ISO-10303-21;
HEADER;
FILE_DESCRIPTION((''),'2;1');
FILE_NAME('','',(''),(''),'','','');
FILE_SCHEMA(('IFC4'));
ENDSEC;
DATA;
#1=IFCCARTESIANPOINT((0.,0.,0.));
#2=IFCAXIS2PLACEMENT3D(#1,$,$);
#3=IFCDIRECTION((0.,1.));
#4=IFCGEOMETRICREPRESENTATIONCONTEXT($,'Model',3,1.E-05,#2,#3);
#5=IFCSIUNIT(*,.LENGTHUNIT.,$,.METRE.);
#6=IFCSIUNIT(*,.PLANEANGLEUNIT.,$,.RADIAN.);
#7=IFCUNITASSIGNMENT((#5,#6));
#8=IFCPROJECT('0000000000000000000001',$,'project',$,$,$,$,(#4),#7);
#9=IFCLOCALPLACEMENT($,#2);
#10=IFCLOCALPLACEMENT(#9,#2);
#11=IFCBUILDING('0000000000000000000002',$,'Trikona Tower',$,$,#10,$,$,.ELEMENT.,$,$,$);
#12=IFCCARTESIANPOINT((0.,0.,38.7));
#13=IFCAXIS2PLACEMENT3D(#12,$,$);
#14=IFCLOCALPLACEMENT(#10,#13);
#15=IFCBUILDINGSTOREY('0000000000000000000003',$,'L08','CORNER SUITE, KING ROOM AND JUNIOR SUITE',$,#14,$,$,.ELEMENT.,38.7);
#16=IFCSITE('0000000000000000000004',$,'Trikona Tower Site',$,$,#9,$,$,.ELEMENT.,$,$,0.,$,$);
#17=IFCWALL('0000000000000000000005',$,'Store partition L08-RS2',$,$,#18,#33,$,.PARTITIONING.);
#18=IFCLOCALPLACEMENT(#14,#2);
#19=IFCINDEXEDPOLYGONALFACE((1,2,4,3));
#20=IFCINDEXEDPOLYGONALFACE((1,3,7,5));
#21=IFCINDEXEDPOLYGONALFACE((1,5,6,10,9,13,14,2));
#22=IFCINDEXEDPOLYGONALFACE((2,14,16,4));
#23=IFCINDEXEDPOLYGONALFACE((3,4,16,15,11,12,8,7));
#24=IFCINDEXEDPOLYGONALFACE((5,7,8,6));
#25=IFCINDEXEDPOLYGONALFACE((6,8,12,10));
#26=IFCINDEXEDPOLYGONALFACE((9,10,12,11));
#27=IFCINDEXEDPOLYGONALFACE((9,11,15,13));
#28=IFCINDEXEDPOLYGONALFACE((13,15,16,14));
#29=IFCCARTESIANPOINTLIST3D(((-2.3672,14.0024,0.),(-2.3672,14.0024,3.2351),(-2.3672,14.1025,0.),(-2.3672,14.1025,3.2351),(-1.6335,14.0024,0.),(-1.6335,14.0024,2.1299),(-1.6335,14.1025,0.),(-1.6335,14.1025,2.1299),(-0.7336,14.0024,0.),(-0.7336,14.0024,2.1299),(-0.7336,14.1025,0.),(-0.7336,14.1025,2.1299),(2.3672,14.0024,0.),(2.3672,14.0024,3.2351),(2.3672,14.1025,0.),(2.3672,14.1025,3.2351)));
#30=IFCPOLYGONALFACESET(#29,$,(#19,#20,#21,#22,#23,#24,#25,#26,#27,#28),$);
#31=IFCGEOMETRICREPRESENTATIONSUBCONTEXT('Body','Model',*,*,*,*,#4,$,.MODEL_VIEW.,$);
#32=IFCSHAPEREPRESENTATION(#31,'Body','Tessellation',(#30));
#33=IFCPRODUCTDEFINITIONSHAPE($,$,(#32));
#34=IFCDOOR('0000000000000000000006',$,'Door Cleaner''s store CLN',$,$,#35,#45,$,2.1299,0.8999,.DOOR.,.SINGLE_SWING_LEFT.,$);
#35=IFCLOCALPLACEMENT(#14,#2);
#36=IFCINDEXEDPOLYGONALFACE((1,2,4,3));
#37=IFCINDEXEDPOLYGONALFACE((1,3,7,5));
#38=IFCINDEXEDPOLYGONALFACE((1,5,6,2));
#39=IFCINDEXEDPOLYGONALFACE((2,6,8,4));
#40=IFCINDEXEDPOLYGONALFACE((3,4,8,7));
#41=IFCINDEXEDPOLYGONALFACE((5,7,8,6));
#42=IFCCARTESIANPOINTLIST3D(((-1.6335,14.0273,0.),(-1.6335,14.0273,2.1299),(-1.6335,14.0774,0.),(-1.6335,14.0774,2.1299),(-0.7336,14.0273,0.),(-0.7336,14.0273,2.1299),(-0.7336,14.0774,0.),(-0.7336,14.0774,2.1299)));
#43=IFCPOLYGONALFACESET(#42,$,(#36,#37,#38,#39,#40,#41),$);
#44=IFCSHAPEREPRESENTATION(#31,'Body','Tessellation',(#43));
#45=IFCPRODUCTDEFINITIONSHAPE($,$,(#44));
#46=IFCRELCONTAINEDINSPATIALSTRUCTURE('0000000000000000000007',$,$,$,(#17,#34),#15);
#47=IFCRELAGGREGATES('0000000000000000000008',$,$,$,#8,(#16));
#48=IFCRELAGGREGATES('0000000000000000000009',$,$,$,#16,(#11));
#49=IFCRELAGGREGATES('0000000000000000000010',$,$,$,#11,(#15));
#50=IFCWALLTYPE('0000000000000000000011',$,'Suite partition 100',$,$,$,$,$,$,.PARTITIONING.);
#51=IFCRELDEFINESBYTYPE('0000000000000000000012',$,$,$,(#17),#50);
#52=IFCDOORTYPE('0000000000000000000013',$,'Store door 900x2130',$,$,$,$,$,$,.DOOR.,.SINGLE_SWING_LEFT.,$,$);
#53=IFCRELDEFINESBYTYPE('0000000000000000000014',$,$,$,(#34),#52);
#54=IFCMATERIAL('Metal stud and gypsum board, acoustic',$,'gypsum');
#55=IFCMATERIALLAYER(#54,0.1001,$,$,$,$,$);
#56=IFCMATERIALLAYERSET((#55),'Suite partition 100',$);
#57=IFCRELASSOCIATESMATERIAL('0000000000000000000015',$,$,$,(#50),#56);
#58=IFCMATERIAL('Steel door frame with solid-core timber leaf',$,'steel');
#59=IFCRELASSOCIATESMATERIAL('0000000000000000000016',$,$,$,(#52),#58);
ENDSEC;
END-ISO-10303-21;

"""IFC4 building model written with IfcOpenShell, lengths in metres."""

from ifc_helpers import new_model, si_unit, direction, frame, frame_2d, origin, place, context, subcontext, project, spatial, rectangle, extrude, material, layer, layer_set, type_object, element, fill, save


model = new_model("IFC4")

# Units and contexts
model_context = context("Model", 3, precision=1e-05, world=origin(), true_north=direction((0.0, 1.0)))
body_context = subcontext(model_context, "Body", "Model", "MODEL_VIEW")
ifc_project = project(units=[si_unit("LENGTHUNIT", "METRE"), si_unit("PLANEANGLEUNIT", "RADIAN")], contexts=[model_context])

# Site, building, storey
site_placement = place(None, origin())
site = spatial("IfcSite", under=ifc_project, at=site_placement, Name="Trikona Tower Site", CompositionType="ELEMENT", RefElevation=0.0)
building_placement = place(site_placement, origin())
building = spatial("IfcBuilding", under=site, at=building_placement, Name="Trikona Tower", CompositionType="ELEMENT")
storey_placement = place(building_placement, frame((0.0, 0.0, 38.7)))
storey = spatial("IfcBuildingStorey", under=building, at=storey_placement, Name="L08", Description="CORNER SUITE, KING ROOM AND JUNIOR SUITE", CompositionType="ELEMENT", Elevation=38.7)

# Wall, opening, door
ifc_material_1 = material(Name="Metal stud and gypsum board, acoustic", Category="gypsum")
ifc_layer_1 = layer(ifc_material_1, 0.1001)
ifc_layer_set_1 = layer_set([ifc_layer_1], Name="Suite partition 100")
wall_type_1 = type_object("IfcWallType", Name="Suite partition 100", PredefinedType="PARTITIONING", material=ifc_layer_set_1)
wall_1_placement = place(storey_placement, frame((-2.3672, 14.0525, 0.0), z_axis=(0.0, 0.0, 1.0), x_axis=(1.0, 0.0, 0.0)))
wall_1 = element("IfcWall", 1, at=wall_1_placement, inside=storey, type_object=wall_type_1, Name="Store partition L08-RS2", PredefinedType="PARTITIONING", context=body_context, shape_type="SweptSolid", body=[
    extrude(rectangle(XDim=4.7344, YDim=0.1001, at=frame_2d((2.3672, 0.0))), origin(), (0.0, 0.0, 1.0), 3.2351),
])
opening_1_placement = place(wall_1_placement, frame((0.7336, 0.0, 0.0)))
opening_1 = element("IfcOpeningElement", 2, at=opening_1_placement, cuts=wall_1, PredefinedType="OPENING", context=body_context, shape_type="SweptSolid", body=[
    extrude(rectangle(XDim=0.8999, YDim=2.1299, at=frame_2d((0.45, 1.0649))), frame((0.0, 0.0601, 0.0), z_axis=(0.0, -1.0, 0.0), x_axis=(1.0, 0.0, 0.0)), (0.0, 0.0, 1.0), 0.1201),
])
ifc_material_2 = material(Name="Steel door frame with solid-core timber leaf", Category="steel")
door_type_1 = type_object("IfcDoorType", Name="Store door 900x2130", OperationType="SINGLE_SWING_LEFT", PredefinedType="DOOR", material=ifc_material_2)
door_1_placement = place(opening_1_placement, origin())
door_1 = element("IfcDoor", 3, at=door_1_placement, inside=storey, type_object=door_type_1, Name="Door Cleaner's store CLN", OperationType="SINGLE_SWING_LEFT", OverallHeight=2.1299, OverallWidth=0.8999, PredefinedType="DOOR", context=body_context, shape_type="SweptSolid", body=[
    extrude(rectangle(XDim=0.8999, YDim=2.1299, at=frame_2d((0.45, 1.0649))), frame((0.0, 0.0249, 0.0), z_axis=(0.0, -1.0, 0.0), x_axis=(1.0, 0.0, 0.0)), (0.0, 0.0, 1.0), 0.05),
])
fill(opening_1, door_1)

save(model, "model.ifc")
